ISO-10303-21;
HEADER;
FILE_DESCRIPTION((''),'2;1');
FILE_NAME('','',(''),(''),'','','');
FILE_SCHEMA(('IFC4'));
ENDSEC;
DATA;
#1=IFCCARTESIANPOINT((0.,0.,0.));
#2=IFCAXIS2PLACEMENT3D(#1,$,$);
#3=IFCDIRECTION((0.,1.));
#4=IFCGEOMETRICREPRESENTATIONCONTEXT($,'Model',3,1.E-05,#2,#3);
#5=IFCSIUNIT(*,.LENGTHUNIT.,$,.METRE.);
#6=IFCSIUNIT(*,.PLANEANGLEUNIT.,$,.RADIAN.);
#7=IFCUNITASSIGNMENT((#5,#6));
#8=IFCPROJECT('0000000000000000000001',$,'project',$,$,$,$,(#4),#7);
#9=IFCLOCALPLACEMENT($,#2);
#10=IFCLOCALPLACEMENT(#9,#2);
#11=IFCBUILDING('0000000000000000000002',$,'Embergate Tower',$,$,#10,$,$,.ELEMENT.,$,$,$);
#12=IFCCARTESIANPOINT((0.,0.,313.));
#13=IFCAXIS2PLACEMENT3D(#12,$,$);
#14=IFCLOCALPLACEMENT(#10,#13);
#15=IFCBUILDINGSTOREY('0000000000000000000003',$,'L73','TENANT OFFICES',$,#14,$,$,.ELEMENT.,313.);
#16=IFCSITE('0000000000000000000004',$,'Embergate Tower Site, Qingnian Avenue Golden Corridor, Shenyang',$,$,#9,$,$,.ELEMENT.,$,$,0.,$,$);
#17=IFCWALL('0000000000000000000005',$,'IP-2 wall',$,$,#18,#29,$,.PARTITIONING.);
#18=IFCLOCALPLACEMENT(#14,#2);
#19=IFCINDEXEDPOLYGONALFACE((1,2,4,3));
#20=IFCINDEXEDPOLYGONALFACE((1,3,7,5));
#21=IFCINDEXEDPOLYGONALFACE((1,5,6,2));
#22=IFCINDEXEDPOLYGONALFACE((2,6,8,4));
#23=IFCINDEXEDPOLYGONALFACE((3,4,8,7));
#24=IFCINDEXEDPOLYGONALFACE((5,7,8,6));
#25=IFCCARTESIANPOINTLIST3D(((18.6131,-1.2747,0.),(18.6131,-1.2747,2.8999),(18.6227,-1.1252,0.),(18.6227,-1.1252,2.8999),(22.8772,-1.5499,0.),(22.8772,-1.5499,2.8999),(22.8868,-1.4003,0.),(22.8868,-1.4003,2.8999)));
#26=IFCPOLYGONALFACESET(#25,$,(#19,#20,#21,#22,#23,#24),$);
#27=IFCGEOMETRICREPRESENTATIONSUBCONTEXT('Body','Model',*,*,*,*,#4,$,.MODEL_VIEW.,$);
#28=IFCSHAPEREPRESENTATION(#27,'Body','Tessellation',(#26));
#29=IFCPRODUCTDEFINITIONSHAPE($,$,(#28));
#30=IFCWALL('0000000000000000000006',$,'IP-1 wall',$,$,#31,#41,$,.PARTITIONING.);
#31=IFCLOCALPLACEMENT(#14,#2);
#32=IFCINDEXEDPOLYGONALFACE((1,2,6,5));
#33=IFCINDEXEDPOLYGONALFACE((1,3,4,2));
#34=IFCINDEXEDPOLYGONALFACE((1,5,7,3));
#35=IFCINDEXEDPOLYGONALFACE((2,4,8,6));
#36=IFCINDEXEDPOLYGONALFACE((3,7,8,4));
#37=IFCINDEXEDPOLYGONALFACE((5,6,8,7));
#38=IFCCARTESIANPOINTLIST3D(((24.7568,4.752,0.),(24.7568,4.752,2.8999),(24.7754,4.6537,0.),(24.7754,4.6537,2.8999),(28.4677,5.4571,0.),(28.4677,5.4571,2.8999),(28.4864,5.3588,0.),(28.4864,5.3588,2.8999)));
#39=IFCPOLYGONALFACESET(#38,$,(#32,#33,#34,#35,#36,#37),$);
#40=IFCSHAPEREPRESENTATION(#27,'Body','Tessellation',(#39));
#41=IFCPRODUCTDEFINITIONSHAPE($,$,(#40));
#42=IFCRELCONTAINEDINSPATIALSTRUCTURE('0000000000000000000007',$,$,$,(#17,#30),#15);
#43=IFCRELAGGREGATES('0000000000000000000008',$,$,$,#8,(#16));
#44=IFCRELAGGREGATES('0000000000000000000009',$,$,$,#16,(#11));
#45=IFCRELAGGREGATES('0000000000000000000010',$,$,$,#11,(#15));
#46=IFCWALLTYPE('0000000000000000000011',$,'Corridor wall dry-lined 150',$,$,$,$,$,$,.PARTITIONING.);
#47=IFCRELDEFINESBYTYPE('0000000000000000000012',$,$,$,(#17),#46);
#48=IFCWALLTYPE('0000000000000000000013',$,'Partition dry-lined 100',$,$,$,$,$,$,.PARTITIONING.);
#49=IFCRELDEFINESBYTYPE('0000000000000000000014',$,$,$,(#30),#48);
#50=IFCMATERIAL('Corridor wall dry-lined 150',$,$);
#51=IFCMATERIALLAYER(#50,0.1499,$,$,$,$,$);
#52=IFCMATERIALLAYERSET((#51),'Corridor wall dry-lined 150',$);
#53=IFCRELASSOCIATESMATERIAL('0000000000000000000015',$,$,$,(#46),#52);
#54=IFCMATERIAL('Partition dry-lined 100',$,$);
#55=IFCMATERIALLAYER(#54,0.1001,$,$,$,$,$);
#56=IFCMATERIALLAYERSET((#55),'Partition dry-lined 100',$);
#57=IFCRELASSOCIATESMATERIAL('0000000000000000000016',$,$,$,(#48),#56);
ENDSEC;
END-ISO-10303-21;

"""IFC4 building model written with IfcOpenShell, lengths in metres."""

from ifc_helpers import new_model, si_unit, direction, frame, frame_2d, origin, place, context, subcontext, project, spatial, rectangle, extrude, source, transform, mapped, material, layer, layer_set, type_object, element, save


model = new_model("IFC4")

# Units and contexts
model_context = context("Model", 3, precision=1e-05, world=origin(), true_north=direction((0.0, 1.0)))
body_context = subcontext(model_context, "Body", "Model", "MODEL_VIEW")
ifc_project = project(units=[si_unit("LENGTHUNIT", "METRE"), si_unit("PLANEANGLEUNIT", "RADIAN")], contexts=[model_context])

# Site, building, storey
site_placement = place(None, origin())
site = spatial("IfcSite", under=ifc_project, at=site_placement, Name="Embergate Tower Site, Qingnian Avenue Golden Corridor, Shenyang", CompositionType="ELEMENT", RefElevation=0.0)
building_placement = place(site_placement, origin())
building = spatial("IfcBuilding", under=site, at=building_placement, Name="Embergate Tower", CompositionType="ELEMENT")
storey_placement = place(building_placement, frame((0.0, 0.0, 313.0)))
storey = spatial("IfcBuildingStorey", under=building, at=storey_placement, Name="L73", Description="TENANT OFFICES", CompositionType="ELEMENT", Elevation=313.0)

# Shared definitions
ifc_material_1 = material(Name="Corridor wall dry-lined 150")
ifc_layer_1 = layer(ifc_material_1, 0.1499)
ifc_layer_set_1 = layer_set([ifc_layer_1], Name="Corridor wall dry-lined 150")
wall_type_1 = type_object("IfcWallType", Name="Corridor wall dry-lined 150", PredefinedType="PARTITIONING", material=ifc_layer_set_1)

# Walls
ifc_material_2 = material(Name="Partition dry-lined 100")
ifc_layer_2 = layer(ifc_material_2, 0.1001)
ifc_layer_set_2 = layer_set([ifc_layer_2], Name="Partition dry-lined 100")
wall_type_2 = type_object("IfcWallType", Name="Partition dry-lined 100", PredefinedType="PARTITIONING", material=ifc_layer_set_2)
shared_shape_1 = source(origin(), body_context, "Body", "SweptSolid", [
    extrude(rectangle(XDim=4.2729, YDim=0.1499, at=frame_2d((2.1365, 0.0))), origin(), (0.0, 0.0, 1.0), 2.8999),
])
wall_1_placement = place(storey_placement, frame((18.6179, -1.2, 0.0), z_axis=(0.0, 0.0, 1.0), x_axis=(0.997925, -0.064391, 0.0)))
element("IfcWall", 1, at=wall_1_placement, inside=storey, type_object=wall_type_1, Name="IP-2 wall", PredefinedType="PARTITIONING", context=body_context, shape_type="MappedRepresentation", body=[
    mapped(shared_shape_1, transform((0.0, 0.0, 0.0))),
])
shared_shape_2 = source(origin(), body_context, "Body", "SweptSolid", [
    extrude(rectangle(XDim=3.7773, YDim=0.1001, at=frame_2d((1.8887, 0.0))), origin(), (0.0, 0.0, 1.0), 2.8999),
])
wall_2_placement = place(storey_placement, frame((28.4771, 5.408, 0.0), z_axis=(0.0, 0.0, 1.0), x_axis=(-0.982424, -0.186661, 0.0)))
element("IfcWall", 2, at=wall_2_placement, inside=storey, type_object=wall_type_2, Name="IP-1 wall", PredefinedType="PARTITIONING", context=body_context, shape_type="MappedRepresentation", body=[
    mapped(shared_shape_2, transform((0.0, 0.0, 0.0))),
])

save(model, "model.ifc")
